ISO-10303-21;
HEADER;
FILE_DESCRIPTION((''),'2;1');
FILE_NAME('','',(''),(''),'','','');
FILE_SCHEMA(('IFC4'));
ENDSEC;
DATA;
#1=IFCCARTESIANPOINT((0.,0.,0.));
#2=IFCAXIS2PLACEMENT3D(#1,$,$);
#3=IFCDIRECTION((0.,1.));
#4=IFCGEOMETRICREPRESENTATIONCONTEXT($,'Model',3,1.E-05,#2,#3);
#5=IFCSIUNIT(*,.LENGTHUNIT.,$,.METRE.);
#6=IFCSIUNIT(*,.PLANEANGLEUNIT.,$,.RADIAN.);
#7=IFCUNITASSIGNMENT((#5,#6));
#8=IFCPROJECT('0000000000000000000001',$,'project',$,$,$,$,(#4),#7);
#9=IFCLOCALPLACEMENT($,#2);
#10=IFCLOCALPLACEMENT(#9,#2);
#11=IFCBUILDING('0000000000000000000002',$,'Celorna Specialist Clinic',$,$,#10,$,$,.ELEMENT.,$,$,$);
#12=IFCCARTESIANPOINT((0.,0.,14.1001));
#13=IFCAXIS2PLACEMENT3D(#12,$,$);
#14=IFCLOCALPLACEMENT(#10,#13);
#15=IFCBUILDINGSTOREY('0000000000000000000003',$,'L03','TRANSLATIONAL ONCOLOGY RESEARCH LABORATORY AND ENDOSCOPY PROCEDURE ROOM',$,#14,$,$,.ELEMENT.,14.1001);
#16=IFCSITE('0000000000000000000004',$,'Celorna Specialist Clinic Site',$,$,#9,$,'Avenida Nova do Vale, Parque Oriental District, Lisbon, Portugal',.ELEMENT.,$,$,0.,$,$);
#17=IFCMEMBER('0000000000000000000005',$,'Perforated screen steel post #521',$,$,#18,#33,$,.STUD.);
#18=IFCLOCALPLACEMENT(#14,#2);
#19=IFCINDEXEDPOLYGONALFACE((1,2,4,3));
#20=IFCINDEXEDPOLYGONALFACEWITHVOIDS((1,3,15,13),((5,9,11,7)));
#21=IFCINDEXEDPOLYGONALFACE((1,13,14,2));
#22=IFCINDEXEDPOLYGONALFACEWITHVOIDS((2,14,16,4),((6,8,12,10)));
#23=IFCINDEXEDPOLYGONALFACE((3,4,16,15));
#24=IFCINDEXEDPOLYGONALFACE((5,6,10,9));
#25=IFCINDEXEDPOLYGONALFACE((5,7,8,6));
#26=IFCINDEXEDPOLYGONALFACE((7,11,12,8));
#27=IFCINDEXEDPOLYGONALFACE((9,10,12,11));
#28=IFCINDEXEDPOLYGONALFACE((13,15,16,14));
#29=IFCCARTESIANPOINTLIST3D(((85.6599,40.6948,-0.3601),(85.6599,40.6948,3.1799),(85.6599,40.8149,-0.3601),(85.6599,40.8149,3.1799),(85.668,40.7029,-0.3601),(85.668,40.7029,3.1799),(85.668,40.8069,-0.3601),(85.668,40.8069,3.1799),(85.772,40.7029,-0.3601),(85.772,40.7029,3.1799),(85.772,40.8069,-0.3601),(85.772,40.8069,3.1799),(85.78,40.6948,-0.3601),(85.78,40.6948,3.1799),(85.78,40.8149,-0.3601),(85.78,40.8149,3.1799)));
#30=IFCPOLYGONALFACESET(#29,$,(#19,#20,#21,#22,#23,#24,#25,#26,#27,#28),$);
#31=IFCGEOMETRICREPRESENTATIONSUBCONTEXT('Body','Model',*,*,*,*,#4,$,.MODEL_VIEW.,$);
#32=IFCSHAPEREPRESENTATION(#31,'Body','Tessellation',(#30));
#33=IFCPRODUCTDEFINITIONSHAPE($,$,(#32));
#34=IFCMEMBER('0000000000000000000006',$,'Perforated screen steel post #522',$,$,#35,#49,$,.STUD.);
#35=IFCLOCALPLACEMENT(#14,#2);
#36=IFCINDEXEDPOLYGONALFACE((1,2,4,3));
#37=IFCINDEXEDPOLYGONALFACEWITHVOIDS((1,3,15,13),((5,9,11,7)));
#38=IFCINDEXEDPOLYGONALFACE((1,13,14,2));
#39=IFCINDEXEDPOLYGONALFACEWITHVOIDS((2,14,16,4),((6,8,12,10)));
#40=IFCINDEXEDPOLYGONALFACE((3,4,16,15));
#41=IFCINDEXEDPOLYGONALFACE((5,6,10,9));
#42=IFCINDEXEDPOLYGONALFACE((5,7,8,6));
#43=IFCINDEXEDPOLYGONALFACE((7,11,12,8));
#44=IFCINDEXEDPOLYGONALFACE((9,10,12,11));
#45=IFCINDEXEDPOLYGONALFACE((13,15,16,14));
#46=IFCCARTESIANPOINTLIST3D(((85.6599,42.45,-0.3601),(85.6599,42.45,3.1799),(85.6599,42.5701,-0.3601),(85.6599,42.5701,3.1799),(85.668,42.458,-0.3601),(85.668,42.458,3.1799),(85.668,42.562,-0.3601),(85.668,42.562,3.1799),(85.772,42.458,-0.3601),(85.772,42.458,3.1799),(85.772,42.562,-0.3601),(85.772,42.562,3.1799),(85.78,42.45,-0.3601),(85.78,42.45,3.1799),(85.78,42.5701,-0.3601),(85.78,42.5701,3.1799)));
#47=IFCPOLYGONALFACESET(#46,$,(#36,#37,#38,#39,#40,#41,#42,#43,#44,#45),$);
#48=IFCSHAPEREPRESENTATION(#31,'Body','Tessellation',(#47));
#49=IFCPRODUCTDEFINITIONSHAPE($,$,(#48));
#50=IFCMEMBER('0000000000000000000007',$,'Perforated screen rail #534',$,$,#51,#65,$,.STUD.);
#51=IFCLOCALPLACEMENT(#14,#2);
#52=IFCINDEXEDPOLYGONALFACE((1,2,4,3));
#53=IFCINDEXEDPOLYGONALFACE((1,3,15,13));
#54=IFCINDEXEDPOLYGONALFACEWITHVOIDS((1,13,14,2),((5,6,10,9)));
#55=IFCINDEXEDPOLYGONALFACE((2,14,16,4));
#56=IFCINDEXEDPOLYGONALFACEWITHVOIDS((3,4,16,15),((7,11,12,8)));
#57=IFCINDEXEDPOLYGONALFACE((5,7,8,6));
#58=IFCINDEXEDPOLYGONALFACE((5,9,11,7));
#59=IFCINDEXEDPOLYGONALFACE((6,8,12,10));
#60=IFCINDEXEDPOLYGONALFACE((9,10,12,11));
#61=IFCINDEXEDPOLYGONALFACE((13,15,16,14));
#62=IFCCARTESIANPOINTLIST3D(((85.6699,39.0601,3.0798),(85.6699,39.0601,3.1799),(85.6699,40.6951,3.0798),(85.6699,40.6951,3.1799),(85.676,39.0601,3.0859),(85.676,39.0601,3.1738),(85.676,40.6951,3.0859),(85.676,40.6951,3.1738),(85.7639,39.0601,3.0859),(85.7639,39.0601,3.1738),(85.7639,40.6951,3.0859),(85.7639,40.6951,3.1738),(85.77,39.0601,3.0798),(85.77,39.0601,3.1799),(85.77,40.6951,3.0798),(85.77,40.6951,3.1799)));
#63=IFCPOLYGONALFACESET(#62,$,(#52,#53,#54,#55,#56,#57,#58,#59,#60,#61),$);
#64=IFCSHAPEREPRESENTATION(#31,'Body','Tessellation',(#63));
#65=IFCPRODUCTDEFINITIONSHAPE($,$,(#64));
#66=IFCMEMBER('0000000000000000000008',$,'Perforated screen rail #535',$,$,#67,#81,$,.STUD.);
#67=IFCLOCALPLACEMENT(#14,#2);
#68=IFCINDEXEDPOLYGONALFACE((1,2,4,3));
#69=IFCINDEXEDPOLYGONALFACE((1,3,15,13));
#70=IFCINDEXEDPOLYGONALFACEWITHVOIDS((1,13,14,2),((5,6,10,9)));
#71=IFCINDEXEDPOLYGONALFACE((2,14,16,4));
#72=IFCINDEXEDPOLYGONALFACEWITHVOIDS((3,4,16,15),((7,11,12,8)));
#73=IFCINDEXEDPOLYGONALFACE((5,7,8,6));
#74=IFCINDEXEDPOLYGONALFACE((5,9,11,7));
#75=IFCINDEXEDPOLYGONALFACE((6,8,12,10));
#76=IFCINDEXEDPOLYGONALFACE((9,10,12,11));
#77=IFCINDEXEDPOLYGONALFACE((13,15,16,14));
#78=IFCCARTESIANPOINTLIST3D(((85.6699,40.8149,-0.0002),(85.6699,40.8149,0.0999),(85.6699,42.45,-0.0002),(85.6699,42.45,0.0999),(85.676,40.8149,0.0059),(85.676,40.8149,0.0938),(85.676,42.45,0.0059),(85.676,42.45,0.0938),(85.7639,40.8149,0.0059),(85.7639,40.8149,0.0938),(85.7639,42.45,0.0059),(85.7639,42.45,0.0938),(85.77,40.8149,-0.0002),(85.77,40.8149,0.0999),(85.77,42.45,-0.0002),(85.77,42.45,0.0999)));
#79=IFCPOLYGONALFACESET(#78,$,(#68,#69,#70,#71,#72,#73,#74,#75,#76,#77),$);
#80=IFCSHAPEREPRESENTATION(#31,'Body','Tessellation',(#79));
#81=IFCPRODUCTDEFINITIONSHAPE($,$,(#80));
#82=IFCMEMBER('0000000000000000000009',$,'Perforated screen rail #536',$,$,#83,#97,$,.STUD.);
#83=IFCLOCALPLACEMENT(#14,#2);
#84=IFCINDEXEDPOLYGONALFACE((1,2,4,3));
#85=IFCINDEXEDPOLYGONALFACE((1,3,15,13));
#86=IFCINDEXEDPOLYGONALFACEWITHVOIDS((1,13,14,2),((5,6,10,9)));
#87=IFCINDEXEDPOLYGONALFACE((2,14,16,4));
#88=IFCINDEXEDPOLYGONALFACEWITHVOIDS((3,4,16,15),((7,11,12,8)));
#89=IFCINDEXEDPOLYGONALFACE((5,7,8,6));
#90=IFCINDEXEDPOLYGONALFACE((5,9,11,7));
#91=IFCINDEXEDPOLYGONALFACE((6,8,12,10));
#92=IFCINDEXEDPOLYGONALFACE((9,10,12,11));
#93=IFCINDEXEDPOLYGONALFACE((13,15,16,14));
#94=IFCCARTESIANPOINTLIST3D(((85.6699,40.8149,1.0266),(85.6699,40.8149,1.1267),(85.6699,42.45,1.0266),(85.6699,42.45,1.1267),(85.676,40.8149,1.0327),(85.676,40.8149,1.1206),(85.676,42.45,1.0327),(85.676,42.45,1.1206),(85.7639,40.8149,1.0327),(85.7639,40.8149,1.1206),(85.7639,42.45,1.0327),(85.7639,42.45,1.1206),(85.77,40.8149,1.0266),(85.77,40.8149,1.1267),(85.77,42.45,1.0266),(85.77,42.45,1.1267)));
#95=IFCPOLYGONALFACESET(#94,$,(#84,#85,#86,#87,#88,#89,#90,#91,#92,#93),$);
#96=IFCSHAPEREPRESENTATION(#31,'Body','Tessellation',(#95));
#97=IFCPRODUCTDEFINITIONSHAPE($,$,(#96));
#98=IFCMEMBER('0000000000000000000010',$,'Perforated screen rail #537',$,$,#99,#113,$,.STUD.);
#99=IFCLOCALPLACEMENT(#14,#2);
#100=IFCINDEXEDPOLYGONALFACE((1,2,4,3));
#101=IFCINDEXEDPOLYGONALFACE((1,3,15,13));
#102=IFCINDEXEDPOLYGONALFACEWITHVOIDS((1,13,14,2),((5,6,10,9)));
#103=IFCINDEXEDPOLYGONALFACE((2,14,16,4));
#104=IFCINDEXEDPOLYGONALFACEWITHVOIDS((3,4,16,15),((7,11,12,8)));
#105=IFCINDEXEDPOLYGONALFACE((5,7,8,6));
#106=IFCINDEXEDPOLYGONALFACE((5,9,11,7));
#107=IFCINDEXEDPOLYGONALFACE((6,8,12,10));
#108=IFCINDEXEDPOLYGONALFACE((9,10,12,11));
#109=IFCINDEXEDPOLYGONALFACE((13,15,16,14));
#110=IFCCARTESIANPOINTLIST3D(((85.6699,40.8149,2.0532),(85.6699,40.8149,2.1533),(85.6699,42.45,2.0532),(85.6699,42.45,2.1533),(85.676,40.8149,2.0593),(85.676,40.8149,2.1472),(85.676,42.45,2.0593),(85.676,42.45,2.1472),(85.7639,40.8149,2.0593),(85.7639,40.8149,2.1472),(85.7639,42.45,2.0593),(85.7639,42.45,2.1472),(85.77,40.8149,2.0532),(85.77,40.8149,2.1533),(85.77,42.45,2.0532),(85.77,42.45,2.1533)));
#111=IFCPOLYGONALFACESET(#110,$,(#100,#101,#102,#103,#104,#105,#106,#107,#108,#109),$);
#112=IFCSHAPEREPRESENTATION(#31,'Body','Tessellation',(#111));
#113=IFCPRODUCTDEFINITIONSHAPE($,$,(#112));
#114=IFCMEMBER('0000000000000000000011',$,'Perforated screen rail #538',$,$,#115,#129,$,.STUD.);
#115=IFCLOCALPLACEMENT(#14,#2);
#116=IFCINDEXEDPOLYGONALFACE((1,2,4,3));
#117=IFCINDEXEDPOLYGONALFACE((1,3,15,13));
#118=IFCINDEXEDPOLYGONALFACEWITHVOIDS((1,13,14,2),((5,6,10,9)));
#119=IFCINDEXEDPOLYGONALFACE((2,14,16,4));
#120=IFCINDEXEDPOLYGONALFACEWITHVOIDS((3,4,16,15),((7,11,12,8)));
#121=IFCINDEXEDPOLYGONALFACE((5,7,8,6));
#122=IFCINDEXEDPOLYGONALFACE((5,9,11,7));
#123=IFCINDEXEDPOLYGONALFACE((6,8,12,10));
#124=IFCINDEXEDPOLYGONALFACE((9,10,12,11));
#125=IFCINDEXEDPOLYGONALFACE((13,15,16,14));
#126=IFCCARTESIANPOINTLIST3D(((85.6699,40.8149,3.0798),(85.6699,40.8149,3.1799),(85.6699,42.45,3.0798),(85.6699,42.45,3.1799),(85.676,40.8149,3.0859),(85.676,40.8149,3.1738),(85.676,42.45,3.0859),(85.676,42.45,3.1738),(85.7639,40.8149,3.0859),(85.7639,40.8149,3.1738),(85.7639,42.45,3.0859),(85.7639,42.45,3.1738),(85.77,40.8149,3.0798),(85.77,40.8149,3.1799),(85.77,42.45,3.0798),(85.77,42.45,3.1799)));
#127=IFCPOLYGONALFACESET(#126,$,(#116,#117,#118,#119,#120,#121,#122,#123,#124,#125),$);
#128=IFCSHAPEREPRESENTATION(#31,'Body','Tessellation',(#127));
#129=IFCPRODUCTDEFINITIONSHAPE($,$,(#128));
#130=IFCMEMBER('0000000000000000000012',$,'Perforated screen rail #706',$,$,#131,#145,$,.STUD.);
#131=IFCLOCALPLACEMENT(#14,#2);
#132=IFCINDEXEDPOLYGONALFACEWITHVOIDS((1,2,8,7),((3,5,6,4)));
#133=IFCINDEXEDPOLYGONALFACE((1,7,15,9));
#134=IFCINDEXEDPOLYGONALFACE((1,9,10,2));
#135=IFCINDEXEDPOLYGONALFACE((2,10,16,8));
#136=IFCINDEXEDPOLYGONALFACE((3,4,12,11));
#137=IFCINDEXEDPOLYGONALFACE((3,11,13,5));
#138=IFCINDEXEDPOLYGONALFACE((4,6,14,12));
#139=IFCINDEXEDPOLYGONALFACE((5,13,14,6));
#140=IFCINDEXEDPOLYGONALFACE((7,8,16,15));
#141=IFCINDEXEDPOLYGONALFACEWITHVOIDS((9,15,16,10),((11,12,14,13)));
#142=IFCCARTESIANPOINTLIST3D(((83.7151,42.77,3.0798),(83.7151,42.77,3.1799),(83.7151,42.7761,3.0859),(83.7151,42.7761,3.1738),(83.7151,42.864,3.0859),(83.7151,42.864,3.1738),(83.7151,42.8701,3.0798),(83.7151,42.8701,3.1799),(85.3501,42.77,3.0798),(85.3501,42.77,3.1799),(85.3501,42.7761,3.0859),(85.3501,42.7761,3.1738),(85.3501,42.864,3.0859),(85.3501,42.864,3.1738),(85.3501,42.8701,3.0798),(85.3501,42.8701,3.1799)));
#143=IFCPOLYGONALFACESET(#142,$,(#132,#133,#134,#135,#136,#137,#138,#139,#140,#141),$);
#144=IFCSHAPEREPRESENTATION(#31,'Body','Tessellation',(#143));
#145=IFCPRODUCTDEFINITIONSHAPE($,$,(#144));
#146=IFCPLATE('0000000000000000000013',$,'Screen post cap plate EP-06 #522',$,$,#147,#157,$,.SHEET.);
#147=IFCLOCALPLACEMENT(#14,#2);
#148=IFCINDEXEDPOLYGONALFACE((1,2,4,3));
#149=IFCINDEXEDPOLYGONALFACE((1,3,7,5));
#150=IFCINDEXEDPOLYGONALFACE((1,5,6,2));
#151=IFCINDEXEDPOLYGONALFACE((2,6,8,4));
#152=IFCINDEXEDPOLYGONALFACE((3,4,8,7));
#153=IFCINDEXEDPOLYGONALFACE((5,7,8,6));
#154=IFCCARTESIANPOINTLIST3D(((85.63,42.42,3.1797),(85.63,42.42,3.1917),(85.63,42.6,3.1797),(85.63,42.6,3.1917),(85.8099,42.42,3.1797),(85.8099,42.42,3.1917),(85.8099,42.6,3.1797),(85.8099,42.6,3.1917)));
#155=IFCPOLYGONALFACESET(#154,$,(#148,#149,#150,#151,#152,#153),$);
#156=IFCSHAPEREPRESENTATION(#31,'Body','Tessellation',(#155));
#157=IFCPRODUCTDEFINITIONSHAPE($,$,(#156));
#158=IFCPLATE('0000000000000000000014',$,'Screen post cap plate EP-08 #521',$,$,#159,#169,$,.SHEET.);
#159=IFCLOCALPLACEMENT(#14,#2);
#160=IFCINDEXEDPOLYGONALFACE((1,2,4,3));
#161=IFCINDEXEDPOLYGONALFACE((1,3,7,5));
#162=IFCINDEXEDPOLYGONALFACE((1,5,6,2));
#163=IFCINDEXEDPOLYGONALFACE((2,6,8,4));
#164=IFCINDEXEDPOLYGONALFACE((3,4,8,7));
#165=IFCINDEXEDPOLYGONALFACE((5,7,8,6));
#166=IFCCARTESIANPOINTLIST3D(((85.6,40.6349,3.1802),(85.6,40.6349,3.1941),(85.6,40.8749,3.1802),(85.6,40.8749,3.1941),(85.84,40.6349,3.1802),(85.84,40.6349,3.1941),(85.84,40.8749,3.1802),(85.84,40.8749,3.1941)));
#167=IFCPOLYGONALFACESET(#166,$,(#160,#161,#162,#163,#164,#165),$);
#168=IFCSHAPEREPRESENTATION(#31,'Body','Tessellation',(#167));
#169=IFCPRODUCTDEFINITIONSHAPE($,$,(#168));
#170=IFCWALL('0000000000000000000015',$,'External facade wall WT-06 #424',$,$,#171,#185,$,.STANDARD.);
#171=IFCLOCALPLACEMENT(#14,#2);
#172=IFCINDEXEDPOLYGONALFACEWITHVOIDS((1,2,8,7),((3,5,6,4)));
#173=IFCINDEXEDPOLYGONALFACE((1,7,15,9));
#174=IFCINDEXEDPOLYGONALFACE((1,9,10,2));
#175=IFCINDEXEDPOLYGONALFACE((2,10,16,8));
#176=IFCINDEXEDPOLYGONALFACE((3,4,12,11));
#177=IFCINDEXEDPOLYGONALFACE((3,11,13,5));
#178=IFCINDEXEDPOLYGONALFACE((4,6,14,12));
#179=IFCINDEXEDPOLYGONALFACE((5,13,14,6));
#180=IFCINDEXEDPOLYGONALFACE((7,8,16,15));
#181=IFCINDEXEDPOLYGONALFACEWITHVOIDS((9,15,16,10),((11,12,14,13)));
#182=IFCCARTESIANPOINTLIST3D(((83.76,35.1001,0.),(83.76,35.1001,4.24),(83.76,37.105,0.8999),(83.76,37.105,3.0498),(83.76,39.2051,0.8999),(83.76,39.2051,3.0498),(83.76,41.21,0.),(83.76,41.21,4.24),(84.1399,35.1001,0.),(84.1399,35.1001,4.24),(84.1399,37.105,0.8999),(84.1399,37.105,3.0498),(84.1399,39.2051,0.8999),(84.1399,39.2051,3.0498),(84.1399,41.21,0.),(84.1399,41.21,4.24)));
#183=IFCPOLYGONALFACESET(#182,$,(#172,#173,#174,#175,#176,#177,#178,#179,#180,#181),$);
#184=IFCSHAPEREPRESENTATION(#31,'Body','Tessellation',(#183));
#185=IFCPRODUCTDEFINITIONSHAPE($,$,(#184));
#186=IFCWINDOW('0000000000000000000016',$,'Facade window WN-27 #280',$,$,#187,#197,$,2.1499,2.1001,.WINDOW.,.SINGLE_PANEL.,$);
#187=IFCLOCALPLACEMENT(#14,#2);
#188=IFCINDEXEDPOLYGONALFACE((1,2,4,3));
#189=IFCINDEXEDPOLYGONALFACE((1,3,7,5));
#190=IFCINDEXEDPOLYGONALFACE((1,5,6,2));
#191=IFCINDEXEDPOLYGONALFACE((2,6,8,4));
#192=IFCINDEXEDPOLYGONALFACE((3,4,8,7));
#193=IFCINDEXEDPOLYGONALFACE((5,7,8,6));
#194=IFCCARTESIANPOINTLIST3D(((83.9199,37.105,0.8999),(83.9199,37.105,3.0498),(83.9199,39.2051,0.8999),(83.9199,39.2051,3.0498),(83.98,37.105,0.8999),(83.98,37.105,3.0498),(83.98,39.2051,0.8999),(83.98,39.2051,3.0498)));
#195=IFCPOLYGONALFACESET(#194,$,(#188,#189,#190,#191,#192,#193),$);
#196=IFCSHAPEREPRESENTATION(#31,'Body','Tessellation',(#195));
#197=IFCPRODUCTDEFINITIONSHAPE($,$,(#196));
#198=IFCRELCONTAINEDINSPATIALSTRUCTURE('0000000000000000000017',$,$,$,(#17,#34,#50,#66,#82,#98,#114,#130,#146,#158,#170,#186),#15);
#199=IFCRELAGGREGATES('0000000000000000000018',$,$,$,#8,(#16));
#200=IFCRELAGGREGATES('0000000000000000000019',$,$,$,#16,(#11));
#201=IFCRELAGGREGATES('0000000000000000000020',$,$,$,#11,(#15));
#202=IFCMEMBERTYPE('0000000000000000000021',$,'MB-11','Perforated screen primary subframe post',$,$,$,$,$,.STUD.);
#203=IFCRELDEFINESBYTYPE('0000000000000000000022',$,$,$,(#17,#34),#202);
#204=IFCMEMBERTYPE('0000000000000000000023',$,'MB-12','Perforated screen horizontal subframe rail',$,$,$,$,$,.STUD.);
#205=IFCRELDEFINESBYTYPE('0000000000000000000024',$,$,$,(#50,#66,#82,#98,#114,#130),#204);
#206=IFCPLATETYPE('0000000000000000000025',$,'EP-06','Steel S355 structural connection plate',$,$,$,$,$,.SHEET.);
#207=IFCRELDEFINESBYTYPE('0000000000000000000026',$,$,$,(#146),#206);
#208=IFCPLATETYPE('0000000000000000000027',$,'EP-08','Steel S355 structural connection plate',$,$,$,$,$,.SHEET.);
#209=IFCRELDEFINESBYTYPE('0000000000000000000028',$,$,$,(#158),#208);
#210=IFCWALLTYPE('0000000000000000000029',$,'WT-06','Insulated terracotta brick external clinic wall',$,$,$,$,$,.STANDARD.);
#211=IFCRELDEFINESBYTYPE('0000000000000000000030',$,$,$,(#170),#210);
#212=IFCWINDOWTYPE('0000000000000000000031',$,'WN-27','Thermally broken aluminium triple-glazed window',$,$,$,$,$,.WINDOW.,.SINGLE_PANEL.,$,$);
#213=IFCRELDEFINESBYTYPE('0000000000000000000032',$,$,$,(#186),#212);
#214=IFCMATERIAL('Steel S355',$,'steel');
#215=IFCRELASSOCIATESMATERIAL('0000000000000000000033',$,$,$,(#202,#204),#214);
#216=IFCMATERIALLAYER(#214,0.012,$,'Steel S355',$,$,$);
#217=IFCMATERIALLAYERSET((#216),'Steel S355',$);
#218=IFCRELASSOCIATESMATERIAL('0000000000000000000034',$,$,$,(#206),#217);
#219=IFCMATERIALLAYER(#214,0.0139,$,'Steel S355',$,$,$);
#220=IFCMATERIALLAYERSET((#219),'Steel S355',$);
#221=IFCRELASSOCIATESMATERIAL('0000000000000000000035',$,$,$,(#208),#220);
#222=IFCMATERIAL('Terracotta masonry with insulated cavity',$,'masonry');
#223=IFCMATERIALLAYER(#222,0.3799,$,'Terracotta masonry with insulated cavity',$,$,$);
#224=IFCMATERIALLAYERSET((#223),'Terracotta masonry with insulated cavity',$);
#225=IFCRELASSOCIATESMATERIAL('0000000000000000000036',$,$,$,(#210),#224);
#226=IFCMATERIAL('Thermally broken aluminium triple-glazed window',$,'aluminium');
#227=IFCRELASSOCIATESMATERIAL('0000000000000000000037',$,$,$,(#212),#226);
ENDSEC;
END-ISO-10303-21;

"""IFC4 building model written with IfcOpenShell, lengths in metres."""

from ifc_helpers import new_model, si_unit, direction, frame, frame_2d, origin, origin_2d, place, context, subcontext, project, spatial, rectangle, hollow_rectangle, extrude, material, layer, layer_set, material_profile, profile_set, type_object, element, fill, save


model = new_model("IFC4")

# Units and contexts
model_context = context("Model", 3, precision=1e-05, world=origin(), true_north=direction((0.0, 1.0)))
body_context = subcontext(model_context, "Body", "Model", "MODEL_VIEW")
ifc_project = project(units=[si_unit("LENGTHUNIT", "METRE"), si_unit("PLANEANGLEUNIT", "RADIAN")], contexts=[model_context])

# Site, building, storey
site_placement = place(None, origin())
site = spatial("IfcSite", under=ifc_project, at=site_placement, Name="Celorna Specialist Clinic Site", LongName="Avenida Nova do Vale, Parque Oriental District, Lisbon, Portugal", CompositionType="ELEMENT", RefElevation=0.0)
building_placement = place(site_placement, origin())
building = spatial("IfcBuilding", under=site, at=building_placement, Name="Celorna Specialist Clinic", CompositionType="ELEMENT")
storey_placement = place(building_placement, frame((0.0, 0.0, 14.1001)))
storey = spatial("IfcBuildingStorey", under=building, at=storey_placement, Name="L03", Description="TRANSLATIONAL ONCOLOGY RESEARCH LABORATORY AND ENDOSCOPY PROCEDURE ROOM", CompositionType="ELEMENT", Elevation=14.1001)

# Members
ifc_material_1 = material(Name="Steel S355", Category="steel")
ifc_material_profile_1 = material_profile(ifc_material_1, hollow_rectangle(XDim=0.1201, YDim=0.1201, WallThickness=0.0081, at=origin_2d()), Name="SHS 120x120x8")
ifc_profile_set_1 = profile_set([ifc_material_profile_1], Name="Steel S355")
member_type_1 = type_object("IfcMemberType", Name="MB-11", Description="Perforated screen primary subframe post", PredefinedType="STUD", material=ifc_profile_set_1)
for number, where, z_axis, x_axis, name in (
    (1, (85.72, 40.7549, -0.3601), (0.0, 0.0, 1.0), (1.0, 0.0, 0.0), "Perforated screen steel post #521"),
    (2, (85.72, 42.51, -0.3601), (0.0, 0.0, 1.0), (1.0, 0.0, 0.0), "Perforated screen steel post #522"),
):
    element("IfcMember", number, at=place(storey_placement, frame(where, z_axis=z_axis, x_axis=x_axis)), inside=storey, type_object=member_type_1, Name=name, PredefinedType="STUD", context=body_context, shape_type="SweptSolid", body=[
        extrude(hollow_rectangle(XDim=0.1201, YDim=0.1201, WallThickness=0.0081, at=origin_2d()), origin(), (0.0, 0.0, 1.0), 3.54),
    ])
ifc_material_profile_2 = material_profile(ifc_material_1, hollow_rectangle(XDim=0.1001, YDim=0.1001, WallThickness=0.0061, at=origin_2d()), Name="SHS 100x100x6")
ifc_profile_set_2 = profile_set([ifc_material_profile_2], Name="Steel S355")
member_type_2 = type_object("IfcMemberType", Name="MB-12", Description="Perforated screen horizontal subframe rail", PredefinedType="STUD", material=ifc_profile_set_2)
for number, where, z_axis, x_axis, name in (
    (3, (85.72, 39.0601, 3.1299), (0.0, 1.0, 0.0), (-1.0, 0.0, 0.0), "Perforated screen rail #534"),
    (4, (85.72, 40.8149, 0.0498), (0.0, 1.0, 0.0), (-1.0, 0.0, 0.0), "Perforated screen rail #535"),
    (5, (85.72, 40.8149, 1.0767), (0.0, 1.0, 0.0), (-1.0, 0.0, 0.0), "Perforated screen rail #536"),
    (6, (85.72, 40.8149, 2.1033), (0.0, 1.0, 0.0), (-1.0, 0.0, 0.0), "Perforated screen rail #537"),
    (7, (85.72, 40.8149, 3.1299), (0.0, 1.0, 0.0), (-1.0, 0.0, 0.0), "Perforated screen rail #538"),
    (8, (83.7151, 42.8201, 3.1299), (1.0, 0.0, 0.0), (0.0, 1.0, 0.0), "Perforated screen rail #706"),
):
    element("IfcMember", number, at=place(storey_placement, frame(where, z_axis=z_axis, x_axis=x_axis)), inside=storey, type_object=member_type_2, Name=name, PredefinedType="STUD", context=body_context, shape_type="SweptSolid", body=[
        extrude(hollow_rectangle(XDim=0.1001, YDim=0.1001, WallThickness=0.0061, at=origin_2d()), origin(), (0.0, 0.0, 1.0), 1.635),
    ])

# Plates
ifc_layer_1 = layer(ifc_material_1, 0.012, Name="Steel S355")
ifc_layer_set_1 = layer_set([ifc_layer_1], Name="Steel S355")
plate_type_1 = type_object("IfcPlateType", Name="EP-06", Description="Steel S355 structural connection plate", PredefinedType="SHEET", material=ifc_layer_set_1)
plate_1_placement = place(storey_placement, frame((85.72, 42.51, 3.1797), z_axis=(0.0, 0.0, 1.0), x_axis=(0.0, 1.0, 0.0)))
element("IfcPlate", 9, at=plate_1_placement, inside=storey, type_object=plate_type_1, Name="Screen post cap plate EP-06 #522", PredefinedType="SHEET", context=body_context, shape_type="SweptSolid", body=[
    extrude(rectangle(XDim=0.1799, YDim=0.1799, at=origin_2d()), origin(), (0.0, 0.0, 1.0), 0.012),
])
ifc_layer_2 = layer(ifc_material_1, 0.0139, Name="Steel S355")
ifc_layer_set_2 = layer_set([ifc_layer_2], Name="Steel S355")
plate_type_2 = type_object("IfcPlateType", Name="EP-08", Description="Steel S355 structural connection plate", PredefinedType="SHEET", material=ifc_layer_set_2)
plate_2_placement = place(storey_placement, frame((85.72, 40.7549, 3.1802), z_axis=(0.0, 0.0, 1.0), x_axis=(0.0, 1.0, 0.0)))
element("IfcPlate", 10, at=plate_2_placement, inside=storey, type_object=plate_type_2, Name="Screen post cap plate EP-08 #521", PredefinedType="SHEET", context=body_context, shape_type="SweptSolid", body=[
    extrude(rectangle(XDim=0.24, YDim=0.24, at=origin_2d()), origin(), (0.0, 0.0, 1.0), 0.0139),
])

# Wall, opening, window
ifc_material_2 = material(Name="Terracotta masonry with insulated cavity", Category="masonry")
ifc_layer_3 = layer(ifc_material_2, 0.3799, Name="Terracotta masonry with insulated cavity")
ifc_layer_set_3 = layer_set([ifc_layer_3], Name="Terracotta masonry with insulated cavity")
wall_type = type_object("IfcWallType", Name="WT-06", Description="Insulated terracotta brick external clinic wall", PredefinedType="STANDARD", material=ifc_layer_set_3)
wall_placement = place(storey_placement, frame((83.95, 41.21, 0.0), z_axis=(0.0, 0.0, 1.0), x_axis=(0.0, -1.0, 0.0)))
wall = element("IfcWall", 11, at=wall_placement, inside=storey, type_object=wall_type, Name="External facade wall WT-06 #424", PredefinedType="STANDARD", context=body_context, shape_type="SweptSolid", body=[
    extrude(rectangle(XDim=6.1099, YDim=0.3799, at=frame_2d((3.0549, 0.0))), origin(), (0.0, 0.0, 1.0), 4.24),
])
opening_placement = place(wall_placement, frame((2.0049, 0.0, 0.8999)))
opening = element("IfcOpeningElement", 12, at=opening_placement, cuts=wall, PredefinedType="OPENING", context=body_context, shape_type="SweptSolid", body=[
    extrude(rectangle(XDim=2.1001, YDim=2.1499, at=frame_2d((1.05, 1.075))), frame((0.0, 0.2, 0.0), z_axis=(0.0, -1.0, 0.0), x_axis=(1.0, 0.0, 0.0)), (0.0, 0.0, 1.0), 0.3999),
])
ifc_material_3 = material(Name="Thermally broken aluminium triple-glazed window", Category="aluminium")
window_type = type_object("IfcWindowType", Name="WN-27", Description="Thermally broken aluminium triple-glazed window", PartitioningType="SINGLE_PANEL", PredefinedType="WINDOW", material=ifc_material_3)
window_placement = place(opening_placement, origin())
window = element("IfcWindow", 13, at=window_placement, inside=storey, type_object=window_type, Name="Facade window WN-27 #280", OverallHeight=2.1499, OverallWidth=2.1001, PartitioningType="SINGLE_PANEL", PredefinedType="WINDOW", context=body_context, shape_type="SweptSolid", body=[
    extrude(rectangle(XDim=2.1001, YDim=2.1499, at=frame_2d((1.05, 1.075))), frame((0.0, 0.03, 0.0), z_axis=(0.0, -1.0, 0.0), x_axis=(1.0, 0.0, 0.0)), (0.0, 0.0, 1.0), 0.0601),
])
fill(opening, window)

save(model, "model.ifc")
